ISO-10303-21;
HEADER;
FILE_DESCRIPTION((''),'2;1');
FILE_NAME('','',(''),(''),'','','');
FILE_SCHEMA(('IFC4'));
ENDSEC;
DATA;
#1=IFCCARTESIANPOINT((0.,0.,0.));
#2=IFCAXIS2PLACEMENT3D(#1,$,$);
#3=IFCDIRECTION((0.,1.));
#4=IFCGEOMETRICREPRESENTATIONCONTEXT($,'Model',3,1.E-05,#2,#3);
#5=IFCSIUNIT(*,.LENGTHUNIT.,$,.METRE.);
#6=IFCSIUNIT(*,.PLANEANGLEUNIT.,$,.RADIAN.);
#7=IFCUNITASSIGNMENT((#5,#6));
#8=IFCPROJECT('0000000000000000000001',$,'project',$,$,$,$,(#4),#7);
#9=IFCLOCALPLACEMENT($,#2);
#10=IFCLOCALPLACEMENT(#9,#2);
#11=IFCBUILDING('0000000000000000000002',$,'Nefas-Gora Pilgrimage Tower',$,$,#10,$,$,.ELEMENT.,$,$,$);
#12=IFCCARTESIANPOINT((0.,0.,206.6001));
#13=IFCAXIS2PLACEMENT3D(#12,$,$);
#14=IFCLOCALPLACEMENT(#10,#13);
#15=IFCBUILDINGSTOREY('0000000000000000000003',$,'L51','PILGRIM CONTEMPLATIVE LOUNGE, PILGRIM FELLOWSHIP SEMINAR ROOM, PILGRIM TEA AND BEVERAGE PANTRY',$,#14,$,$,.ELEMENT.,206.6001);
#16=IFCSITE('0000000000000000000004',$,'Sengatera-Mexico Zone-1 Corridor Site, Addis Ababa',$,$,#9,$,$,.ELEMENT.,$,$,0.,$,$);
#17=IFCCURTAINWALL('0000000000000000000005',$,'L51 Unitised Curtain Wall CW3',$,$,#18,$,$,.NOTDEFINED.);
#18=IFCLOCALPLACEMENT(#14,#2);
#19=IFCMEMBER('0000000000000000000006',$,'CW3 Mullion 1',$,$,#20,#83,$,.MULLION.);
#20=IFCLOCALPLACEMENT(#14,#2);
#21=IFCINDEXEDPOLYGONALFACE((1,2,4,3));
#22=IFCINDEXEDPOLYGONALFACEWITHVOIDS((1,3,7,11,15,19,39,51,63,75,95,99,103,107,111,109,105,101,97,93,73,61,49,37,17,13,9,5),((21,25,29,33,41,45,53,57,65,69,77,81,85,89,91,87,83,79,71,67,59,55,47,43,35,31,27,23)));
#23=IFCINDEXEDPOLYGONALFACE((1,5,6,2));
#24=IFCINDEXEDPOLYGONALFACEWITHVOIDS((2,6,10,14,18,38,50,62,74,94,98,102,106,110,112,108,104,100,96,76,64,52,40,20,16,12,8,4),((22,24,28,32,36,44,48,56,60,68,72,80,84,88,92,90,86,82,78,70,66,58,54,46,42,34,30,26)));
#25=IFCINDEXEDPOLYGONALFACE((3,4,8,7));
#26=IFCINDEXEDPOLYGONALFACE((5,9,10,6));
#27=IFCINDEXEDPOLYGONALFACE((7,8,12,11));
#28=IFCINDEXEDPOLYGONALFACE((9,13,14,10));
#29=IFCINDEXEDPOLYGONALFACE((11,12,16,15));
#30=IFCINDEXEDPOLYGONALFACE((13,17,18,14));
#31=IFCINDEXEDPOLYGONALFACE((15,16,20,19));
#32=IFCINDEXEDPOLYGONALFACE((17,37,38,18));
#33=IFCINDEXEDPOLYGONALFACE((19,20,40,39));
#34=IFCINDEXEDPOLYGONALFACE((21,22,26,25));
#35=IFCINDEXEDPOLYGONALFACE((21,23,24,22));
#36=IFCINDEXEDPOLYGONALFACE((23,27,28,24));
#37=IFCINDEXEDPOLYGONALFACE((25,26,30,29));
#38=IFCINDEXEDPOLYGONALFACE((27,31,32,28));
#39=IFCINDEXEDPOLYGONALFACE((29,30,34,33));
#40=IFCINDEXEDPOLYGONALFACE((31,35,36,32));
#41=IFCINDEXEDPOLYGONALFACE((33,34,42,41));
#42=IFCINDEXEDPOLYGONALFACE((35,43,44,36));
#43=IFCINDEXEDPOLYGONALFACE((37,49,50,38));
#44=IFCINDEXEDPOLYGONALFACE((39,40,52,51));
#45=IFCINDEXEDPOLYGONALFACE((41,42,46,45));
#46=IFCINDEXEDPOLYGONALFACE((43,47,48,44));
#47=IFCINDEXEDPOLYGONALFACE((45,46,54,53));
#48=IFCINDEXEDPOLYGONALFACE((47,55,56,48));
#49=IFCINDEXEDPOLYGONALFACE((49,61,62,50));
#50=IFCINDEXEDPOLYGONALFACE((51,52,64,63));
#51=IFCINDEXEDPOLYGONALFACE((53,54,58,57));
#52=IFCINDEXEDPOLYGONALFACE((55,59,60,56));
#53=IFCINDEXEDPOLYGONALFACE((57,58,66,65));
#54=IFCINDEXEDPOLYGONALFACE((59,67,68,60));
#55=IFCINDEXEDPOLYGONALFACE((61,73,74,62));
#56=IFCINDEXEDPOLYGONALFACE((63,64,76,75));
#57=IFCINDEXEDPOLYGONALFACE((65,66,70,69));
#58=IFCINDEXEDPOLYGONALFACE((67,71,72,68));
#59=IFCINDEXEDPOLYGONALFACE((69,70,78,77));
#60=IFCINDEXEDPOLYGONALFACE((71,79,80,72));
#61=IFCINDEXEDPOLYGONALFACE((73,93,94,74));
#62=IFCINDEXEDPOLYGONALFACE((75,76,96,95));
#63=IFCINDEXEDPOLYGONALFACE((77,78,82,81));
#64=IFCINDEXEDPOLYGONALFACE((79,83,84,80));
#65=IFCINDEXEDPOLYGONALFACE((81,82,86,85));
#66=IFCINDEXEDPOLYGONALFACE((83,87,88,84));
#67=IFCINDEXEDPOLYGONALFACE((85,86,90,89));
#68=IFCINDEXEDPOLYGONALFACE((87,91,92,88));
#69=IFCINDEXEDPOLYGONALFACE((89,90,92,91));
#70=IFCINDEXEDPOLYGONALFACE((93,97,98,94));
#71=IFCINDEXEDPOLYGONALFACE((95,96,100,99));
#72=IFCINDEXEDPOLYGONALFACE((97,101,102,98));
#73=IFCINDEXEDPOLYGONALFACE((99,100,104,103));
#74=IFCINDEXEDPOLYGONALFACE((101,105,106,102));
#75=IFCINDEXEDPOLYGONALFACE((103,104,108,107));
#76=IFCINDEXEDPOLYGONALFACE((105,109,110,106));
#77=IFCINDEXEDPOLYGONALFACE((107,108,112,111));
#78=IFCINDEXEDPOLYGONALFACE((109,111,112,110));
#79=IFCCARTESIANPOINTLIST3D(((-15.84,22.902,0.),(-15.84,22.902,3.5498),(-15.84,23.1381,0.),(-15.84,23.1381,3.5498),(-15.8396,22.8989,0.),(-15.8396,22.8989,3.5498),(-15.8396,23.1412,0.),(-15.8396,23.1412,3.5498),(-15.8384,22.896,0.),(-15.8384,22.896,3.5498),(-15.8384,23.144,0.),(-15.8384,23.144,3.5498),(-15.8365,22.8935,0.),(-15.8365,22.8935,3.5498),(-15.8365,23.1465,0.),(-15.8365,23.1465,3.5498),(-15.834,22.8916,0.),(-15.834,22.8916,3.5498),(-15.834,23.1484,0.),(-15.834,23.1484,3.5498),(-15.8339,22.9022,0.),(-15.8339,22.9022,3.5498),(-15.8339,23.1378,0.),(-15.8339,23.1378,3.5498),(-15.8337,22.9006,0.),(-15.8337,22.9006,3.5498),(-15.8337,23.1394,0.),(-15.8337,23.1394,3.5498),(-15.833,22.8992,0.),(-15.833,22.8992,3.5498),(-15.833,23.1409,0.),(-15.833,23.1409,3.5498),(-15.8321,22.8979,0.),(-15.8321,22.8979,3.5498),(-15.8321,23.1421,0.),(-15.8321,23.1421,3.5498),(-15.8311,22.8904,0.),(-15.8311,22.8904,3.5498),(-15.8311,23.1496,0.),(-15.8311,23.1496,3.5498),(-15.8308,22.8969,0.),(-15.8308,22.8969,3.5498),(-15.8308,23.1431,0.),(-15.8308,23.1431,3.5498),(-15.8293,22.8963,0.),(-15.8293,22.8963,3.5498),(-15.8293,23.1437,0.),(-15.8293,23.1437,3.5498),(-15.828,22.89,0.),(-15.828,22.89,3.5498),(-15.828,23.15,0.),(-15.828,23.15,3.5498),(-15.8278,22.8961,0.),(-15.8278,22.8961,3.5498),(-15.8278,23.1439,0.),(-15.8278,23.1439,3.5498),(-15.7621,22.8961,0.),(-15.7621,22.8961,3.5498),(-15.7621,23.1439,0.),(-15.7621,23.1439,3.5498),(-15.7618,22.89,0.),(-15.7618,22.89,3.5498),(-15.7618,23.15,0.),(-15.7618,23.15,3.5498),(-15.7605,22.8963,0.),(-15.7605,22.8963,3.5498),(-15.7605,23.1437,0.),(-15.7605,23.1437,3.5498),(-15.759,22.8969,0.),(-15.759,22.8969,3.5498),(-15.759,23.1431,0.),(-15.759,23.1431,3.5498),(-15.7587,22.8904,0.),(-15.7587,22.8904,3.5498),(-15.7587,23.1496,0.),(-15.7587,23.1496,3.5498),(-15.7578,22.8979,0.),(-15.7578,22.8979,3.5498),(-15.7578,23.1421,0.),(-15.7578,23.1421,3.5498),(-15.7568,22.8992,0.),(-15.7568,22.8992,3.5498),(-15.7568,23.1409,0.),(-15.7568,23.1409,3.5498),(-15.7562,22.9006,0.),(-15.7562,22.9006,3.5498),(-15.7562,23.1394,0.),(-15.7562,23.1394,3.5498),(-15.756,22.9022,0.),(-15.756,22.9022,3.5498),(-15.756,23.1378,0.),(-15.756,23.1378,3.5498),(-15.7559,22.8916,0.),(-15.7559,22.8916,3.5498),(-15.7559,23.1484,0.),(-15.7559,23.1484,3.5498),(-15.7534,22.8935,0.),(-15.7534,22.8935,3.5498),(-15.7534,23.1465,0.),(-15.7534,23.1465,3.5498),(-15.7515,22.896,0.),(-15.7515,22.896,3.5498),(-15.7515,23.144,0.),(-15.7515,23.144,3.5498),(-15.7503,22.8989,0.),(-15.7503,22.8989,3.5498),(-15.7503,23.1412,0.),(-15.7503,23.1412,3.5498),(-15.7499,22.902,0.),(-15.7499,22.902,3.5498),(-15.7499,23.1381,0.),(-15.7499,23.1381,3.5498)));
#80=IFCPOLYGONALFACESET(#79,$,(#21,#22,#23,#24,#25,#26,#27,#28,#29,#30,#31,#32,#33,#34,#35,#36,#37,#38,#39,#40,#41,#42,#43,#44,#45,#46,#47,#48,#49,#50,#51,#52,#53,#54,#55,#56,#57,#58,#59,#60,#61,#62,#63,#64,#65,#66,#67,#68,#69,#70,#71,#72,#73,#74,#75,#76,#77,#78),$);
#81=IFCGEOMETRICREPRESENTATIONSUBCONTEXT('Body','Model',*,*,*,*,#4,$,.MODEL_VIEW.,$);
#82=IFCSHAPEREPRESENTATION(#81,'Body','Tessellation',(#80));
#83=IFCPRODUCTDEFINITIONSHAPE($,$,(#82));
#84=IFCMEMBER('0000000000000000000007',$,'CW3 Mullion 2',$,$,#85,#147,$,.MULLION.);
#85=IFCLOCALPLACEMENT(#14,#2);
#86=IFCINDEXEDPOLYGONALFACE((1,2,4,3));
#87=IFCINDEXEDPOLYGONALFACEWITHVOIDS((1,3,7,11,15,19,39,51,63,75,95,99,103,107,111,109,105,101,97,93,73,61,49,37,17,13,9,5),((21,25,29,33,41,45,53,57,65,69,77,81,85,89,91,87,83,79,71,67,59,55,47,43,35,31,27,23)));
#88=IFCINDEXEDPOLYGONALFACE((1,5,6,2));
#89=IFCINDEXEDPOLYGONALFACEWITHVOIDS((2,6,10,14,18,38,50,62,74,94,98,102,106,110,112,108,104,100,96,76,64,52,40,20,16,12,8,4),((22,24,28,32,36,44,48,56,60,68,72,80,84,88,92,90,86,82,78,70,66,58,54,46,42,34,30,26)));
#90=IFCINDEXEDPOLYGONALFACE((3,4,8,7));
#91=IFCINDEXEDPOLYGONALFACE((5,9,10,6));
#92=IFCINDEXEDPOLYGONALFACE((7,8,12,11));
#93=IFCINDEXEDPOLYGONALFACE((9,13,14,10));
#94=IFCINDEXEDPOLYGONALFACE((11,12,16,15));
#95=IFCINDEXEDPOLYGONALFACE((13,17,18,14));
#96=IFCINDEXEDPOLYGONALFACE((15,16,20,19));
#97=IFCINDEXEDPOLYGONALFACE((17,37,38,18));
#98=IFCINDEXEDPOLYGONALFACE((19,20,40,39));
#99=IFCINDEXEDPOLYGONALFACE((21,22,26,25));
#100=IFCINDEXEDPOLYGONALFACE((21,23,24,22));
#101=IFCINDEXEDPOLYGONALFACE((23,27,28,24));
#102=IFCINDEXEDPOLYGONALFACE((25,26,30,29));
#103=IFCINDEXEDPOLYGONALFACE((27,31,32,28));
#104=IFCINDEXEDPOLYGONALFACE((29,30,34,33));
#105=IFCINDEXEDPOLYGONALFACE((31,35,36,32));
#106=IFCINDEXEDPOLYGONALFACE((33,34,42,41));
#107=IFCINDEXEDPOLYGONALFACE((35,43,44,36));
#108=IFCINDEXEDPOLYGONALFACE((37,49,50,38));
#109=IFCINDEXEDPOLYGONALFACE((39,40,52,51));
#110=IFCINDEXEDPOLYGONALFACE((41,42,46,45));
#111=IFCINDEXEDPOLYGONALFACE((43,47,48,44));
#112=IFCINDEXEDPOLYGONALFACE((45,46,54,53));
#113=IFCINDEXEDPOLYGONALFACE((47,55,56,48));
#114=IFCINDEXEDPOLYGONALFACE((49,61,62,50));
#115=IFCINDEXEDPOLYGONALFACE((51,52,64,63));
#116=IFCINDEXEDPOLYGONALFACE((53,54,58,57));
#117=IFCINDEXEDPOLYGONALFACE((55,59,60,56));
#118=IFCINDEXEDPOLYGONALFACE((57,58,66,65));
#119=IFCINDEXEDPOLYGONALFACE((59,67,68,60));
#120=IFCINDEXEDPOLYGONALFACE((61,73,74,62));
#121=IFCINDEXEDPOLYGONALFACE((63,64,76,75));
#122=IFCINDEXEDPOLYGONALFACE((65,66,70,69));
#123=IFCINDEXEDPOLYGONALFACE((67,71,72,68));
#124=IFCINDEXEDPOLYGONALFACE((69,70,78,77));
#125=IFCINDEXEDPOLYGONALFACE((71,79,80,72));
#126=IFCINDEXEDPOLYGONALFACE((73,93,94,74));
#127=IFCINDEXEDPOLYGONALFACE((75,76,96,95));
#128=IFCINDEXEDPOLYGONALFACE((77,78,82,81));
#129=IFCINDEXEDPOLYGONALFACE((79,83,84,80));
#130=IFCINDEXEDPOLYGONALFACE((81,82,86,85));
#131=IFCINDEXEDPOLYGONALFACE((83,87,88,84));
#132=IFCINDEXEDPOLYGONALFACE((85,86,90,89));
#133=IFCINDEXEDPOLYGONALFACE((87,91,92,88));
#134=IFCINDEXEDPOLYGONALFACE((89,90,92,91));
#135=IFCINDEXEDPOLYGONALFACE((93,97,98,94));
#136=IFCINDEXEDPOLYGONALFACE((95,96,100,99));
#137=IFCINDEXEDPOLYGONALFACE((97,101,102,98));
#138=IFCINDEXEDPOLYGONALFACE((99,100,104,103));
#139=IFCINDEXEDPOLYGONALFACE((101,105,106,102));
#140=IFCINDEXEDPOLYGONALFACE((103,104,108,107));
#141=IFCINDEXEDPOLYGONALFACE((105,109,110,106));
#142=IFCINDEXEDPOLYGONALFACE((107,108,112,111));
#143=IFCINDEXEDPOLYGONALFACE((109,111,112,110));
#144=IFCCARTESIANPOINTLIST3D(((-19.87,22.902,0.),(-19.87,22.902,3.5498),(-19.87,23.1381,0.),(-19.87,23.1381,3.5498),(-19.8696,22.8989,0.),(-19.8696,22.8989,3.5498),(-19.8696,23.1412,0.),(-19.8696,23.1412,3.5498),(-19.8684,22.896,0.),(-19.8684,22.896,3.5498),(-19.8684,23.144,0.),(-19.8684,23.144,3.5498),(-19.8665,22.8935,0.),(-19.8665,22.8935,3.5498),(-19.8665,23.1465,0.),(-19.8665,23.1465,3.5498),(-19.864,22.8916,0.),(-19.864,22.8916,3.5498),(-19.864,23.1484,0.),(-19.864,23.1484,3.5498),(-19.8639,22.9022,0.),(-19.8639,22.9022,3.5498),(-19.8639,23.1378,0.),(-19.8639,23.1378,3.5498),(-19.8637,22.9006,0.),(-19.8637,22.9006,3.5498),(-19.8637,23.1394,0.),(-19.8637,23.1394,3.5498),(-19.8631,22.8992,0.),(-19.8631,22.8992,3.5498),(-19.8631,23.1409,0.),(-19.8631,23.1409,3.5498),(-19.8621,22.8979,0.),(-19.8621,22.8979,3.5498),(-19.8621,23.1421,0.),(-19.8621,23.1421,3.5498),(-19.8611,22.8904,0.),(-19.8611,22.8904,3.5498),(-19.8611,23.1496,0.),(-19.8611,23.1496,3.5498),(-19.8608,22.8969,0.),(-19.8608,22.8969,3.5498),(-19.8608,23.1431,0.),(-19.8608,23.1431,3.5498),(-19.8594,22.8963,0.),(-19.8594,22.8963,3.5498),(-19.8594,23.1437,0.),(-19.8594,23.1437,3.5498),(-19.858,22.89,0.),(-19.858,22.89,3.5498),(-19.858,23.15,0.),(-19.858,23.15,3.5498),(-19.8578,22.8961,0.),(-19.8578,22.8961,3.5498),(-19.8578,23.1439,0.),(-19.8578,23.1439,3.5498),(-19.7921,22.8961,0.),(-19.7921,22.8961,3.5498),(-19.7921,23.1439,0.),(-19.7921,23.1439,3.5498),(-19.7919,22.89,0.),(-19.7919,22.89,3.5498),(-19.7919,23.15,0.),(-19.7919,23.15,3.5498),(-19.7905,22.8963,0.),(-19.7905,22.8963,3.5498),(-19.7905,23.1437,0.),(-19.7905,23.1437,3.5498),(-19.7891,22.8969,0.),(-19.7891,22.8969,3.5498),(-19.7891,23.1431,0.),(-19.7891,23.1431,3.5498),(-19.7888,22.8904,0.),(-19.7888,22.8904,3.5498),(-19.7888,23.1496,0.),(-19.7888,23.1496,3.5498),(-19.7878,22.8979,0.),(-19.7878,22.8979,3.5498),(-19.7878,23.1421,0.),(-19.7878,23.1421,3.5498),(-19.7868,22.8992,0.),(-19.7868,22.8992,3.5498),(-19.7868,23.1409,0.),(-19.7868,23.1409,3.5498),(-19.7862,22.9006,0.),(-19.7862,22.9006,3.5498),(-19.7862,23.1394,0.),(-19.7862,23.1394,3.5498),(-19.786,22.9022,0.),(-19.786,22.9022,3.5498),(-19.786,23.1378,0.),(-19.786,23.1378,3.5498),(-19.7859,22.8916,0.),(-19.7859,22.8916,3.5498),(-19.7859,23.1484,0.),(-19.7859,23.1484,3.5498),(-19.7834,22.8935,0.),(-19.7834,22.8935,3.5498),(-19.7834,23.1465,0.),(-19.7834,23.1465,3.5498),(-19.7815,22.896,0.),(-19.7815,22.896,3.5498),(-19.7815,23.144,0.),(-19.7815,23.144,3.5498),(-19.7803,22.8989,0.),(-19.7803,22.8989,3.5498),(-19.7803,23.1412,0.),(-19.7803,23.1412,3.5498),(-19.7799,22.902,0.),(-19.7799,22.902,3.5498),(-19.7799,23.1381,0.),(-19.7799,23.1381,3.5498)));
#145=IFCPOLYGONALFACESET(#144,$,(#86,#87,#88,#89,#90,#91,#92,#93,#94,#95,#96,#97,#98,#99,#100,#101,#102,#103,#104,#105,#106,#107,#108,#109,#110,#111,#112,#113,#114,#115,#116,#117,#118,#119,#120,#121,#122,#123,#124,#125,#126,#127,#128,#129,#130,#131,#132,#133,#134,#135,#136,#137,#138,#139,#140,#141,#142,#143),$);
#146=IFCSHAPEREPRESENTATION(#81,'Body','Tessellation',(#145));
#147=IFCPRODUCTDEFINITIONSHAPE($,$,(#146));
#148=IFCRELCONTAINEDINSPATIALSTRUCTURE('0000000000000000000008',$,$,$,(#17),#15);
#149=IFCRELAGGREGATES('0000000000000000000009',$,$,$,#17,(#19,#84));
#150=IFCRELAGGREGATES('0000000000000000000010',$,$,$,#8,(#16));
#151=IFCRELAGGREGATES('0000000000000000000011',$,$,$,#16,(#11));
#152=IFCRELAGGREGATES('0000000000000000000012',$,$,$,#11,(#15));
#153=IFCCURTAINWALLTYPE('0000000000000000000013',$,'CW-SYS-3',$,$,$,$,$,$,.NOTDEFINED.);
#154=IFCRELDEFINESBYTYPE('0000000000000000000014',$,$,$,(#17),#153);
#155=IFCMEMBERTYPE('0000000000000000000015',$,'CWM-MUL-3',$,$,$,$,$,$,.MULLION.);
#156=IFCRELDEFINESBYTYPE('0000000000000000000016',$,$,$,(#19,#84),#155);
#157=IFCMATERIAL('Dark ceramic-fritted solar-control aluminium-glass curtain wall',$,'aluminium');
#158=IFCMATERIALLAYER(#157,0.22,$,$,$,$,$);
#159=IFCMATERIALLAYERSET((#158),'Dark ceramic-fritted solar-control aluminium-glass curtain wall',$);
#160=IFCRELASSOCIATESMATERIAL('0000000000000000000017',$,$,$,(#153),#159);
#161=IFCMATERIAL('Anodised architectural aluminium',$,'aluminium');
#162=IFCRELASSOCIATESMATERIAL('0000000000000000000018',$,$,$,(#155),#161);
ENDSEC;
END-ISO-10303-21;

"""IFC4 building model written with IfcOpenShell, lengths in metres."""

from ifc_helpers import new_model, si_unit, direction, frame, origin, origin_2d, place, context, subcontext, project, spatial, hollow_rectangle, extrude, source, transform, mapped, material, layer, layer_set, material_profile, profile_set, type_object, element, aggregate, save


model = new_model("IFC4")

# Units and contexts
model_context = context("Model", 3, precision=1e-05, world=origin(), true_north=direction((0.0, 1.0)))
body_context = subcontext(model_context, "Body", "Model", "MODEL_VIEW")
ifc_project = project(units=[si_unit("LENGTHUNIT", "METRE"), si_unit("PLANEANGLEUNIT", "RADIAN")], contexts=[model_context])

# Site, building, storey
site_placement = place(None, origin())
site = spatial("IfcSite", under=ifc_project, at=site_placement, Name="Sengatera-Mexico Zone-1 Corridor Site, Addis Ababa", CompositionType="ELEMENT", RefElevation=0.0)
building_placement = place(site_placement, origin())
building = spatial("IfcBuilding", under=site, at=building_placement, Name="Nefas-Gora Pilgrimage Tower", CompositionType="ELEMENT")
storey_placement = place(building_placement, frame((0.0, 0.0, 206.6001)))
storey = spatial("IfcBuildingStorey", under=building, at=storey_placement, Name="L51", Description="PILGRIM CONTEMPLATIVE LOUNGE, PILGRIM FELLOWSHIP SEMINAR ROOM, PILGRIM TEA AND BEVERAGE PANTRY", CompositionType="ELEMENT", Elevation=206.6001)

# Shared definitions
ifc_material_1 = material(Name="Dark ceramic-fritted solar-control aluminium-glass curtain wall", Category="aluminium")
ifc_material_2 = material(Name="Anodised architectural aluminium", Category="aluminium")
ifc_layer_1 = layer(ifc_material_1, 0.22)
ifc_layer_set_1 = layer_set([ifc_layer_1], Name="Dark ceramic-fritted solar-control aluminium-glass curtain wall")
curtain_wall_type_1 = type_object("IfcCurtainWallType", Name="CW-SYS-3", PredefinedType="NOTDEFINED", material=ifc_layer_set_1)

# Curtain wall, members
curtain_wall_1_placement = place(storey_placement, origin())
curtain_wall_1 = element("IfcCurtainWall", 1, at=curtain_wall_1_placement, inside=storey, type_object=curtain_wall_type_1, Name="L51 Unitised Curtain Wall CW3", PredefinedType="NOTDEFINED")
ifc_material_profile_1 = material_profile(ifc_material_2, hollow_rectangle(XDim=0.0901, YDim=0.26, WallThickness=0.0061, InnerFilletRadius=0.0061, OuterFilletRadius=0.012, at=origin_2d()), Name="ALU MULLION 90x260")
ifc_profile_set_1 = profile_set([ifc_material_profile_1], Name="Anodised architectural aluminium")
member_type_1 = type_object("IfcMemberType", Name="CWM-MUL-3", PredefinedType="MULLION", material=ifc_profile_set_1)
shared_shape_1 = source(origin(), body_context, "Body", "SweptSolid", [
    extrude(hollow_rectangle(XDim=0.0901, YDim=0.26, WallThickness=0.0061, InnerFilletRadius=0.0061, OuterFilletRadius=0.012, at=origin_2d()), origin(), (0.0, 0.0, 1.0), 3.5498),
])
member_1_placement = place(storey_placement, frame((-15.7949, 23.02, 0.0), z_axis=(0.0, 0.0, 1.0), x_axis=(-1.0, 0.0, 0.0)))
member_1 = element("IfcMember", 2, at=member_1_placement, type_object=member_type_1, Name="CW3 Mullion 1", PredefinedType="MULLION", context=body_context, shape_type="MappedRepresentation", body=[
    mapped(shared_shape_1, transform((0.0, 0.0, 0.0), x_axis=(1.0, 0.0, 0.0), y_axis=(0.0, 1.0, 0.0), z_axis=(0.0, 0.0, 1.0), scale=1.0)),
])
member_2_placement = place(storey_placement, frame((-19.825, 23.02, 0.0), z_axis=(0.0, 0.0, 1.0), x_axis=(-1.0, 0.0, 0.0)))
member_2 = element("IfcMember", 3, at=member_2_placement, type_object=member_type_1, Name="CW3 Mullion 2", PredefinedType="MULLION", context=body_context, shape_type="MappedRepresentation", body=[
    mapped(shared_shape_1, transform((0.0, 0.0, 0.0), x_axis=(1.0, 0.0, 0.0), y_axis=(0.0, 1.0, 0.0), z_axis=(0.0, 0.0, 1.0), scale=1.0)),
])

aggregate(curtain_wall_1, [member_1, member_2])

save(model, "model.ifc")
